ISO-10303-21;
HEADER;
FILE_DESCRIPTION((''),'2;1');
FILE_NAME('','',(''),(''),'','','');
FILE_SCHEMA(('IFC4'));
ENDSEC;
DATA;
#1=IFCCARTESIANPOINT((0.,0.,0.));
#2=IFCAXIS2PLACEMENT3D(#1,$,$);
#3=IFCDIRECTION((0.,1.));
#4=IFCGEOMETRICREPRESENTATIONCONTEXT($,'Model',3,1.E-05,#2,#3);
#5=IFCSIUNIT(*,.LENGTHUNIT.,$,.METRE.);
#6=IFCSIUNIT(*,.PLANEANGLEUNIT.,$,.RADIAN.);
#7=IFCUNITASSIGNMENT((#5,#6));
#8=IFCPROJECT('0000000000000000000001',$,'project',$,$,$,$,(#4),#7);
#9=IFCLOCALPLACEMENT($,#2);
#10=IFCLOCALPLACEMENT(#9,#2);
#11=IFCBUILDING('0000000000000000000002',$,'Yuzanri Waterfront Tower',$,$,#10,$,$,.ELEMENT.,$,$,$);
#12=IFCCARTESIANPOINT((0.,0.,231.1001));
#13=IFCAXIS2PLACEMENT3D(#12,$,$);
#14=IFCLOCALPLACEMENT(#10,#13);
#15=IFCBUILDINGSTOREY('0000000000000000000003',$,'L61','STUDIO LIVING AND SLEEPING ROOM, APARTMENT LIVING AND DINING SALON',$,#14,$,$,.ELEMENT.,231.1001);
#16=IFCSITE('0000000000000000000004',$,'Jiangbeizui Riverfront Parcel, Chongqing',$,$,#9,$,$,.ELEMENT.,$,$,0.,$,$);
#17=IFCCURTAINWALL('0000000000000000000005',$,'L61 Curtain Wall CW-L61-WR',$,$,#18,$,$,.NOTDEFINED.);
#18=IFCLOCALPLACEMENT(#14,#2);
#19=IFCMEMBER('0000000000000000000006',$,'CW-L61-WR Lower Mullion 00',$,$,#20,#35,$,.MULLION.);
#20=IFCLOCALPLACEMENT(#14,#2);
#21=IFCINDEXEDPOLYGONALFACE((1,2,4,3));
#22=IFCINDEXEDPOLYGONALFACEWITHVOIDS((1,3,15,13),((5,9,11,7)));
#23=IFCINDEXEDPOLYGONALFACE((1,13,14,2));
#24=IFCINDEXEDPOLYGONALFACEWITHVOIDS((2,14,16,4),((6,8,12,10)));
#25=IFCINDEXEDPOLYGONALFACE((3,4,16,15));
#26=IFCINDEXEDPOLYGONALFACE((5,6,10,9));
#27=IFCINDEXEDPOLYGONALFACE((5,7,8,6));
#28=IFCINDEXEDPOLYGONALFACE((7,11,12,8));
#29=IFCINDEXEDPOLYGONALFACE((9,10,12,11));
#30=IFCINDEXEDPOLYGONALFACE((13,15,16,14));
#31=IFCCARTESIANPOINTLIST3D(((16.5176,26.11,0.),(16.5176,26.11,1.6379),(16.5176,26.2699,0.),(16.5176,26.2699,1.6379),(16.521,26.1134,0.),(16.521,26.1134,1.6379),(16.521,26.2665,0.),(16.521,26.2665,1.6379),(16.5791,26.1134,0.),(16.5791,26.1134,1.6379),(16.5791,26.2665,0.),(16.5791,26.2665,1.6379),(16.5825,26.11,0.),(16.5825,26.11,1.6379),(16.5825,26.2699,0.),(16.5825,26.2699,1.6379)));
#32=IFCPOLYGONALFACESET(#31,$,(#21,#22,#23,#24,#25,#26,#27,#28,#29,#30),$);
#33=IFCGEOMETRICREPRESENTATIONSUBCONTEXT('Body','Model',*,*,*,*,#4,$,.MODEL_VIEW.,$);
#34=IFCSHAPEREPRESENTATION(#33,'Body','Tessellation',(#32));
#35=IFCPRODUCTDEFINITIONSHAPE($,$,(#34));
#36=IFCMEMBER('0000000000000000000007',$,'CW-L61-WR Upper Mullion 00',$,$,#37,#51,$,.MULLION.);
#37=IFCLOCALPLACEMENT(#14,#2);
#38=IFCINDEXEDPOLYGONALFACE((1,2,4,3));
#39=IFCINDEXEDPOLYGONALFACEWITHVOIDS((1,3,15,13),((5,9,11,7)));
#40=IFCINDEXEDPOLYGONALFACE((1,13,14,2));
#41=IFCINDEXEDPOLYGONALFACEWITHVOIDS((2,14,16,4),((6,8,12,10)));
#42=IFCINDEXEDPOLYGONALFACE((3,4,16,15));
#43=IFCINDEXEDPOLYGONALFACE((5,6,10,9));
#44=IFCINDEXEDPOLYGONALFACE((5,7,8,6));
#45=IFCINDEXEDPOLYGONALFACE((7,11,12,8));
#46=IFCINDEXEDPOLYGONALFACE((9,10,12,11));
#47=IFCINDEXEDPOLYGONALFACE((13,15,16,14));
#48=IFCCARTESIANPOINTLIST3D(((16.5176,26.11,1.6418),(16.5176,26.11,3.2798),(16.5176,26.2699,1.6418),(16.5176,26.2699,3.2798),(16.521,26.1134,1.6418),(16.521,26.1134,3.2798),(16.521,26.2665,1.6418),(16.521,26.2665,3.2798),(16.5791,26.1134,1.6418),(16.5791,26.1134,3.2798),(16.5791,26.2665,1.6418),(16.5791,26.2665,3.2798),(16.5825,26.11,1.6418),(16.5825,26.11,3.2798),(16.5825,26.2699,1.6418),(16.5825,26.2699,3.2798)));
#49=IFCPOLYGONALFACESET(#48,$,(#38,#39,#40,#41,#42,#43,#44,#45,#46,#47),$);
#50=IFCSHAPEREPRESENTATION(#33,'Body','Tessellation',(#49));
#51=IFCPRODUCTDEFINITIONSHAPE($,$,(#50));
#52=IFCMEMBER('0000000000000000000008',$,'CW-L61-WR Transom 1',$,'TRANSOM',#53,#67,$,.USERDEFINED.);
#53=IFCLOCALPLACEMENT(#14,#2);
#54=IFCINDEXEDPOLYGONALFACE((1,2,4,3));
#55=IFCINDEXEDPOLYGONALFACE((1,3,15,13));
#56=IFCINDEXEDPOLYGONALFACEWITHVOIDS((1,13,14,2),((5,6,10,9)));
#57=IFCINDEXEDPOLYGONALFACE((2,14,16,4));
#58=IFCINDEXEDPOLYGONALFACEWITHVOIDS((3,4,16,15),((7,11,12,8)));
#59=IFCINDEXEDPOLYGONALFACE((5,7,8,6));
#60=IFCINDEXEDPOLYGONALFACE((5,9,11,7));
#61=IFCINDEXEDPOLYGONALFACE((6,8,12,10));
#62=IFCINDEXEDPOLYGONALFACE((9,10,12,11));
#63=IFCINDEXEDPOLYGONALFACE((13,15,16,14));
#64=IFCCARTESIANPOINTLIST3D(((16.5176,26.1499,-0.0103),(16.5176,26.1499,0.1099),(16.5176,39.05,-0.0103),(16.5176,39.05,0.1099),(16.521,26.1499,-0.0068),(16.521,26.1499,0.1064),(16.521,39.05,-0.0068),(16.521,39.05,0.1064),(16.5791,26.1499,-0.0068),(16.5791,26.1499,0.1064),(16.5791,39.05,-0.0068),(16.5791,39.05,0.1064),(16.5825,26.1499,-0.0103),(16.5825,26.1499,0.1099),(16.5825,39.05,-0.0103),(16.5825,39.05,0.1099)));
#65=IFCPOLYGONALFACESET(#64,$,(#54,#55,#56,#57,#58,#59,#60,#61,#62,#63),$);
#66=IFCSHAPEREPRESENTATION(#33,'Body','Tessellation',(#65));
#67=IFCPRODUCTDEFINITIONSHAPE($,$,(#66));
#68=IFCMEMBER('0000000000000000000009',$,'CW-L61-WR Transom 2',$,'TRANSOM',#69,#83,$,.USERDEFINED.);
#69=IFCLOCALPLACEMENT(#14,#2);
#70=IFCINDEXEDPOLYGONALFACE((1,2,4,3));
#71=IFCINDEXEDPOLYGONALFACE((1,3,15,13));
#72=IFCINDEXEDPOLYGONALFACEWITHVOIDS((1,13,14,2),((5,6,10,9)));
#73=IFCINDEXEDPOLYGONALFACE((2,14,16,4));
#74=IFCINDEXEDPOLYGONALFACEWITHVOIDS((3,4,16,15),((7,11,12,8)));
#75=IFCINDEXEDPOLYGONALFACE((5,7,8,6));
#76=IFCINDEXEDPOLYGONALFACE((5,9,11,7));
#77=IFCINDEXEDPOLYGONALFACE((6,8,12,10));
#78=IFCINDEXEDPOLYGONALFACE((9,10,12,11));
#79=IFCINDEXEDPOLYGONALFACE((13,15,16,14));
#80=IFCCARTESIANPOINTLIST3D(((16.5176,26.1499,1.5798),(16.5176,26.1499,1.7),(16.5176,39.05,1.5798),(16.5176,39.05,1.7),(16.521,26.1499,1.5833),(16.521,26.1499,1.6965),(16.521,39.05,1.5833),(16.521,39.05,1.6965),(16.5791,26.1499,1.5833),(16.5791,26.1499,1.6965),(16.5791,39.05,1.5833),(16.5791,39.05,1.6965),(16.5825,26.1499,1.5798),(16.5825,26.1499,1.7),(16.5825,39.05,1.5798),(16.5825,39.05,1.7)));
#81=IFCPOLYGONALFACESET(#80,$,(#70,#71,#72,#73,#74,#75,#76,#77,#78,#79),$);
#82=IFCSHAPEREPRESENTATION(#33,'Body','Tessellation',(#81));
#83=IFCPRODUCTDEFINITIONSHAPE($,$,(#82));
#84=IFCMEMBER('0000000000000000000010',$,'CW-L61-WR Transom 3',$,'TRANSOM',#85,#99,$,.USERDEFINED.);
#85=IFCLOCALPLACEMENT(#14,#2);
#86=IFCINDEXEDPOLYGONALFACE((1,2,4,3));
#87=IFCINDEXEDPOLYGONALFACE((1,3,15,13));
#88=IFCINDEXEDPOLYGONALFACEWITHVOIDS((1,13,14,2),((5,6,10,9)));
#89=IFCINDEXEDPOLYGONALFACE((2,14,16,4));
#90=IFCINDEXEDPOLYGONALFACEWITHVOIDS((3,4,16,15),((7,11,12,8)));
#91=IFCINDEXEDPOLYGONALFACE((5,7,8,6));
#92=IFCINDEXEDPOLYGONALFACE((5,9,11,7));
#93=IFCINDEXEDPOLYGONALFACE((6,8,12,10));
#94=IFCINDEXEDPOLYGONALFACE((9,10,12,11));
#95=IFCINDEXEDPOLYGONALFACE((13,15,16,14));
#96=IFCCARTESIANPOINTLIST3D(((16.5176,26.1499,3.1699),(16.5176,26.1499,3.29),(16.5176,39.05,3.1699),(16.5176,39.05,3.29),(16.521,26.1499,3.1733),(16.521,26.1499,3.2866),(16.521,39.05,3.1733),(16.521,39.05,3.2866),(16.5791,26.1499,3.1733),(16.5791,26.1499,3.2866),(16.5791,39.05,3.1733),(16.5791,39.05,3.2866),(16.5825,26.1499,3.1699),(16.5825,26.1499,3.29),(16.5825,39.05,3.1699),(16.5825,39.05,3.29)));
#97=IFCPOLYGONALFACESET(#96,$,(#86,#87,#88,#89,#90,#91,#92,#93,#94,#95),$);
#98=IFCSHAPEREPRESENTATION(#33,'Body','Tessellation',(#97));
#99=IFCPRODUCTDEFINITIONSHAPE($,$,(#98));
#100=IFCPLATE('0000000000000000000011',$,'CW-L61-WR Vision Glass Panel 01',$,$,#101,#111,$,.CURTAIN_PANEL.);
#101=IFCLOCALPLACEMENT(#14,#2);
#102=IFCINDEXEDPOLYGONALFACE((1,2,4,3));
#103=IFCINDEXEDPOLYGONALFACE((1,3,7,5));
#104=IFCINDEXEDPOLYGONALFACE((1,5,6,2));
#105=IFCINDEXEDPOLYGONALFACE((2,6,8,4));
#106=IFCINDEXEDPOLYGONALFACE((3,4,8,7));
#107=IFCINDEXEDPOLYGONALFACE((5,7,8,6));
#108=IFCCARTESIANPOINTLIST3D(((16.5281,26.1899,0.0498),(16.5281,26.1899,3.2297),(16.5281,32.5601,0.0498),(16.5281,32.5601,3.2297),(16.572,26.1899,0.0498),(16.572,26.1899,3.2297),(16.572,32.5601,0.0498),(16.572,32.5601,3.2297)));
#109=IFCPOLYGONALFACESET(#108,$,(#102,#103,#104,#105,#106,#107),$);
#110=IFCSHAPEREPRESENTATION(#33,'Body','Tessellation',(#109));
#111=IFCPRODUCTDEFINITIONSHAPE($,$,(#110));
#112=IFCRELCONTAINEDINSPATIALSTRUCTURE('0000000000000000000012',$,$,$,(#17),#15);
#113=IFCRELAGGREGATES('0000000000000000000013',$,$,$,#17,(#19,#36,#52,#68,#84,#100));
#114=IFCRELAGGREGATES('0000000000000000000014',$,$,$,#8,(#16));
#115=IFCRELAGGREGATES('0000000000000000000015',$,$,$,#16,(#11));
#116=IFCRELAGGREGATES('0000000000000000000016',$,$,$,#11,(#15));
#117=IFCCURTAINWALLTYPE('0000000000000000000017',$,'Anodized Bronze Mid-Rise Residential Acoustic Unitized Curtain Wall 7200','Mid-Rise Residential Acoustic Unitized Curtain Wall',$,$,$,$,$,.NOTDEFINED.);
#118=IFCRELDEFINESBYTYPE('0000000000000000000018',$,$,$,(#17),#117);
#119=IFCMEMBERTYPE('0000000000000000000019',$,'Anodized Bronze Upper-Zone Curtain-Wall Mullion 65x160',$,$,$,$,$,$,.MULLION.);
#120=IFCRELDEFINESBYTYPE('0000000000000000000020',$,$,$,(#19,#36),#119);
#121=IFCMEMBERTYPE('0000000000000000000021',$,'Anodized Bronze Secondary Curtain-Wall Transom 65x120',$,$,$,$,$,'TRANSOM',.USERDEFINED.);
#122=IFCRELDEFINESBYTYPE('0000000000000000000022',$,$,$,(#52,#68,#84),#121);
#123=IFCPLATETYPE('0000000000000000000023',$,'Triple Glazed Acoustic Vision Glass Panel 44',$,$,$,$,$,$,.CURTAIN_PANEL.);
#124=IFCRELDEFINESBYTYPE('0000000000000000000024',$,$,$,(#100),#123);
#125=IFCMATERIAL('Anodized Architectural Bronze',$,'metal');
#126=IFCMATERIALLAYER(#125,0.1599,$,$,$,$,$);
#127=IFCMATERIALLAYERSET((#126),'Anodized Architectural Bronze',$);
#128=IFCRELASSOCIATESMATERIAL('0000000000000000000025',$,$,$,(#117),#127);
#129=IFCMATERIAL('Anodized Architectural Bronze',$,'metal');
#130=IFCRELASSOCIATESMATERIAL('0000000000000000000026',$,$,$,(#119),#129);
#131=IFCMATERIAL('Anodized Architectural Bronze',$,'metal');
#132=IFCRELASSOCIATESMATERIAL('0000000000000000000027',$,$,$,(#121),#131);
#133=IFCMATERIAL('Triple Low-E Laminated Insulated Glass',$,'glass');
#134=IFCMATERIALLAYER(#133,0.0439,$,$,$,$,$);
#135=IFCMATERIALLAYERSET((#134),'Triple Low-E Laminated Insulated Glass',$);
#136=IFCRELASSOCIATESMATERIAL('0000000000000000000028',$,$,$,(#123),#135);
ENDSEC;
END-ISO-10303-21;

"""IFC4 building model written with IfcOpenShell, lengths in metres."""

from ifc_helpers import new_model, si_unit, direction, frame, origin, origin_2d, place, context, subcontext, project, spatial, rectangle, hollow_rectangle, extrude, source, transform, mapped, material, layer, layer_set, material_profile, profile_set, type_object, element, aggregate, save


model = new_model("IFC4")

# Units and contexts
model_context = context("Model", 3, precision=1e-05, world=origin(), true_north=direction((0.0, 1.0)))
body_context = subcontext(model_context, "Body", "Model", "MODEL_VIEW")
ifc_project = project(units=[si_unit("LENGTHUNIT", "METRE"), si_unit("PLANEANGLEUNIT", "RADIAN")], contexts=[model_context])

# Site, building, storey
site_placement = place(None, origin())
site = spatial("IfcSite", under=ifc_project, at=site_placement, Name="Jiangbeizui Riverfront Parcel, Chongqing", CompositionType="ELEMENT", RefElevation=0.0)
building_placement = place(site_placement, origin())
building = spatial("IfcBuilding", under=site, at=building_placement, Name="Yuzanri Waterfront Tower", CompositionType="ELEMENT")
storey_placement = place(building_placement, frame((0.0, 0.0, 231.1001)))
storey = spatial("IfcBuildingStorey", under=building, at=storey_placement, Name="L61", Description="STUDIO LIVING AND SLEEPING ROOM, APARTMENT LIVING AND DINING SALON", CompositionType="ELEMENT", Elevation=231.1001)

# Shared definitions
ifc_material_1 = material(Name="Anodized Architectural Bronze", Category="metal")
ifc_layer_1 = layer(ifc_material_1, 0.1599)
ifc_layer_set_1 = layer_set([ifc_layer_1], Name="Anodized Architectural Bronze")
curtain_wall_type = type_object("IfcCurtainWallType", Name="Anodized Bronze Mid-Rise Residential Acoustic Unitized Curtain Wall 7200", Description="Mid-Rise Residential Acoustic Unitized Curtain Wall", PredefinedType="NOTDEFINED", material=ifc_layer_set_1)
ifc_material_2 = material(Name="Anodized Architectural Bronze", Category="metal")
ifc_material_profile_1 = material_profile(ifc_material_2, hollow_rectangle(XDim=0.0649, YDim=0.1599, WallThickness=0.0034, at=origin_2d()), Name="CWM 65x160")
ifc_profile_set_1 = profile_set([ifc_material_profile_1], Name="Anodized Architectural Bronze")
member_type_1 = type_object("IfcMemberType", Name="Anodized Bronze Upper-Zone Curtain-Wall Mullion 65x160", PredefinedType="MULLION", material=ifc_profile_set_1)
shared_shape_1 = source(origin(), body_context, "Body", "SweptSolid", [
    extrude(hollow_rectangle(XDim=0.0649, YDim=0.1599, WallThickness=0.0034, at=origin_2d()), origin(), (0.0, 0.0, 1.0), 1.6379),
])

# Curtain wall, members, plate
curtain_wall_1_placement = place(storey_placement, origin())
curtain_wall_1 = element("IfcCurtainWall", 1, at=curtain_wall_1_placement, inside=storey, type_object=curtain_wall_type, Name="L61 Curtain Wall CW-L61-WR", PredefinedType="NOTDEFINED")
member_1_placement = place(storey_placement, frame((16.55, 26.1899, 0.0), z_axis=(0.0, 0.0, 1.0), x_axis=(1.0, 0.0, 0.0)))
member_1 = element("IfcMember", 2, at=member_1_placement, type_object=member_type_1, Name="CW-L61-WR Lower Mullion 00", PredefinedType="MULLION", context=body_context, shape_type="MappedRepresentation", body=[
    mapped(shared_shape_1, transform((0.0, 0.0, 0.0), scale=1.0)),
])
member_2_placement = place(storey_placement, frame((16.55, 26.1899, 1.6418), z_axis=(0.0, 0.0, 1.0), x_axis=(1.0, 0.0, 0.0)))
member_2 = element("IfcMember", 3, at=member_2_placement, type_object=member_type_1, Name="CW-L61-WR Upper Mullion 00", PredefinedType="MULLION", context=body_context, shape_type="MappedRepresentation", body=[
    mapped(shared_shape_1, transform((0.0, 0.0, 0.0), scale=1.0)),
])
ifc_material_3 = material(Name="Anodized Architectural Bronze", Category="metal")
ifc_material_profile_2 = material_profile(ifc_material_3, hollow_rectangle(XDim=0.0649, YDim=0.1201, WallThickness=0.0034, at=origin_2d()), Name="CWT 65x120")
ifc_profile_set_2 = profile_set([ifc_material_profile_2], Name="Anodized Architectural Bronze")
member_type_2 = type_object("IfcMemberType", Name="Anodized Bronze Secondary Curtain-Wall Transom 65x120", ElementType="TRANSOM", PredefinedType="USERDEFINED", material=ifc_profile_set_2)
shared_shape_2 = source(origin(), body_context, "Body", "SweptSolid", [
    extrude(hollow_rectangle(XDim=0.0649, YDim=0.1201, WallThickness=0.0034, at=origin_2d()), origin(), (0.0, 0.0, 1.0), 12.9001),
])
member_3_placement = place(storey_placement, frame((16.55, 26.1499, 0.0498), z_axis=(0.0, 1.0, 0.0), x_axis=(-1.0, 0.0, 0.0)))
member_3 = element("IfcMember", 4, at=member_3_placement, type_object=member_type_2, Name="CW-L61-WR Transom 1", ObjectType="TRANSOM", PredefinedType="USERDEFINED", context=body_context, shape_type="MappedRepresentation", body=[
    mapped(shared_shape_2, transform((0.0, 0.0, 0.0), scale=1.0)),
])
member_4_placement = place(storey_placement, frame((16.55, 26.1499, 1.6399), z_axis=(0.0, 1.0, 0.0), x_axis=(-1.0, 0.0, 0.0)))
member_4 = element("IfcMember", 5, at=member_4_placement, type_object=member_type_2, Name="CW-L61-WR Transom 2", ObjectType="TRANSOM", PredefinedType="USERDEFINED", context=body_context, shape_type="MappedRepresentation", body=[
    mapped(shared_shape_2, transform((0.0, 0.0, 0.0), scale=1.0)),
])
member_5_placement = place(storey_placement, frame((16.55, 26.1499, 3.23), z_axis=(0.0, 1.0, 0.0), x_axis=(-1.0, 0.0, 0.0)))
member_5 = element("IfcMember", 6, at=member_5_placement, type_object=member_type_2, Name="CW-L61-WR Transom 3", ObjectType="TRANSOM", PredefinedType="USERDEFINED", context=body_context, shape_type="MappedRepresentation", body=[
    mapped(shared_shape_2, transform((0.0, 0.0, 0.0), scale=1.0)),
])
ifc_material_4 = material(Name="Triple Low-E Laminated Insulated Glass", Category="glass")
ifc_layer_2 = layer(ifc_material_4, 0.0439)
ifc_layer_set_2 = layer_set([ifc_layer_2], Name="Triple Low-E Laminated Insulated Glass")
plate_type = type_object("IfcPlateType", Name="Triple Glazed Acoustic Vision Glass Panel 44", PredefinedType="CURTAIN_PANEL", material=ifc_layer_set_2)
shared_shape_3 = source(origin(), body_context, "Body", "SweptSolid", [
    extrude(rectangle(XDim=6.3701, YDim=0.0439, at=origin_2d()), origin(), (0.0, 0.0, 1.0), 3.1799),
])
plate_placement = place(storey_placement, frame((16.55, 29.375, 0.0498), z_axis=(0.0, 0.0, 1.0), x_axis=(0.0, 1.0, 0.0)))
plate = element("IfcPlate", 7, at=plate_placement, type_object=plate_type, Name="CW-L61-WR Vision Glass Panel 01", PredefinedType="CURTAIN_PANEL", context=body_context, shape_type="MappedRepresentation", body=[
    mapped(shared_shape_3, transform((0.0, 0.0, 0.0), scale=1.0)),
])
aggregate(curtain_wall_1, [member_1, member_2, member_3, member_4, member_5, plate])

save(model, "model.ifc")
